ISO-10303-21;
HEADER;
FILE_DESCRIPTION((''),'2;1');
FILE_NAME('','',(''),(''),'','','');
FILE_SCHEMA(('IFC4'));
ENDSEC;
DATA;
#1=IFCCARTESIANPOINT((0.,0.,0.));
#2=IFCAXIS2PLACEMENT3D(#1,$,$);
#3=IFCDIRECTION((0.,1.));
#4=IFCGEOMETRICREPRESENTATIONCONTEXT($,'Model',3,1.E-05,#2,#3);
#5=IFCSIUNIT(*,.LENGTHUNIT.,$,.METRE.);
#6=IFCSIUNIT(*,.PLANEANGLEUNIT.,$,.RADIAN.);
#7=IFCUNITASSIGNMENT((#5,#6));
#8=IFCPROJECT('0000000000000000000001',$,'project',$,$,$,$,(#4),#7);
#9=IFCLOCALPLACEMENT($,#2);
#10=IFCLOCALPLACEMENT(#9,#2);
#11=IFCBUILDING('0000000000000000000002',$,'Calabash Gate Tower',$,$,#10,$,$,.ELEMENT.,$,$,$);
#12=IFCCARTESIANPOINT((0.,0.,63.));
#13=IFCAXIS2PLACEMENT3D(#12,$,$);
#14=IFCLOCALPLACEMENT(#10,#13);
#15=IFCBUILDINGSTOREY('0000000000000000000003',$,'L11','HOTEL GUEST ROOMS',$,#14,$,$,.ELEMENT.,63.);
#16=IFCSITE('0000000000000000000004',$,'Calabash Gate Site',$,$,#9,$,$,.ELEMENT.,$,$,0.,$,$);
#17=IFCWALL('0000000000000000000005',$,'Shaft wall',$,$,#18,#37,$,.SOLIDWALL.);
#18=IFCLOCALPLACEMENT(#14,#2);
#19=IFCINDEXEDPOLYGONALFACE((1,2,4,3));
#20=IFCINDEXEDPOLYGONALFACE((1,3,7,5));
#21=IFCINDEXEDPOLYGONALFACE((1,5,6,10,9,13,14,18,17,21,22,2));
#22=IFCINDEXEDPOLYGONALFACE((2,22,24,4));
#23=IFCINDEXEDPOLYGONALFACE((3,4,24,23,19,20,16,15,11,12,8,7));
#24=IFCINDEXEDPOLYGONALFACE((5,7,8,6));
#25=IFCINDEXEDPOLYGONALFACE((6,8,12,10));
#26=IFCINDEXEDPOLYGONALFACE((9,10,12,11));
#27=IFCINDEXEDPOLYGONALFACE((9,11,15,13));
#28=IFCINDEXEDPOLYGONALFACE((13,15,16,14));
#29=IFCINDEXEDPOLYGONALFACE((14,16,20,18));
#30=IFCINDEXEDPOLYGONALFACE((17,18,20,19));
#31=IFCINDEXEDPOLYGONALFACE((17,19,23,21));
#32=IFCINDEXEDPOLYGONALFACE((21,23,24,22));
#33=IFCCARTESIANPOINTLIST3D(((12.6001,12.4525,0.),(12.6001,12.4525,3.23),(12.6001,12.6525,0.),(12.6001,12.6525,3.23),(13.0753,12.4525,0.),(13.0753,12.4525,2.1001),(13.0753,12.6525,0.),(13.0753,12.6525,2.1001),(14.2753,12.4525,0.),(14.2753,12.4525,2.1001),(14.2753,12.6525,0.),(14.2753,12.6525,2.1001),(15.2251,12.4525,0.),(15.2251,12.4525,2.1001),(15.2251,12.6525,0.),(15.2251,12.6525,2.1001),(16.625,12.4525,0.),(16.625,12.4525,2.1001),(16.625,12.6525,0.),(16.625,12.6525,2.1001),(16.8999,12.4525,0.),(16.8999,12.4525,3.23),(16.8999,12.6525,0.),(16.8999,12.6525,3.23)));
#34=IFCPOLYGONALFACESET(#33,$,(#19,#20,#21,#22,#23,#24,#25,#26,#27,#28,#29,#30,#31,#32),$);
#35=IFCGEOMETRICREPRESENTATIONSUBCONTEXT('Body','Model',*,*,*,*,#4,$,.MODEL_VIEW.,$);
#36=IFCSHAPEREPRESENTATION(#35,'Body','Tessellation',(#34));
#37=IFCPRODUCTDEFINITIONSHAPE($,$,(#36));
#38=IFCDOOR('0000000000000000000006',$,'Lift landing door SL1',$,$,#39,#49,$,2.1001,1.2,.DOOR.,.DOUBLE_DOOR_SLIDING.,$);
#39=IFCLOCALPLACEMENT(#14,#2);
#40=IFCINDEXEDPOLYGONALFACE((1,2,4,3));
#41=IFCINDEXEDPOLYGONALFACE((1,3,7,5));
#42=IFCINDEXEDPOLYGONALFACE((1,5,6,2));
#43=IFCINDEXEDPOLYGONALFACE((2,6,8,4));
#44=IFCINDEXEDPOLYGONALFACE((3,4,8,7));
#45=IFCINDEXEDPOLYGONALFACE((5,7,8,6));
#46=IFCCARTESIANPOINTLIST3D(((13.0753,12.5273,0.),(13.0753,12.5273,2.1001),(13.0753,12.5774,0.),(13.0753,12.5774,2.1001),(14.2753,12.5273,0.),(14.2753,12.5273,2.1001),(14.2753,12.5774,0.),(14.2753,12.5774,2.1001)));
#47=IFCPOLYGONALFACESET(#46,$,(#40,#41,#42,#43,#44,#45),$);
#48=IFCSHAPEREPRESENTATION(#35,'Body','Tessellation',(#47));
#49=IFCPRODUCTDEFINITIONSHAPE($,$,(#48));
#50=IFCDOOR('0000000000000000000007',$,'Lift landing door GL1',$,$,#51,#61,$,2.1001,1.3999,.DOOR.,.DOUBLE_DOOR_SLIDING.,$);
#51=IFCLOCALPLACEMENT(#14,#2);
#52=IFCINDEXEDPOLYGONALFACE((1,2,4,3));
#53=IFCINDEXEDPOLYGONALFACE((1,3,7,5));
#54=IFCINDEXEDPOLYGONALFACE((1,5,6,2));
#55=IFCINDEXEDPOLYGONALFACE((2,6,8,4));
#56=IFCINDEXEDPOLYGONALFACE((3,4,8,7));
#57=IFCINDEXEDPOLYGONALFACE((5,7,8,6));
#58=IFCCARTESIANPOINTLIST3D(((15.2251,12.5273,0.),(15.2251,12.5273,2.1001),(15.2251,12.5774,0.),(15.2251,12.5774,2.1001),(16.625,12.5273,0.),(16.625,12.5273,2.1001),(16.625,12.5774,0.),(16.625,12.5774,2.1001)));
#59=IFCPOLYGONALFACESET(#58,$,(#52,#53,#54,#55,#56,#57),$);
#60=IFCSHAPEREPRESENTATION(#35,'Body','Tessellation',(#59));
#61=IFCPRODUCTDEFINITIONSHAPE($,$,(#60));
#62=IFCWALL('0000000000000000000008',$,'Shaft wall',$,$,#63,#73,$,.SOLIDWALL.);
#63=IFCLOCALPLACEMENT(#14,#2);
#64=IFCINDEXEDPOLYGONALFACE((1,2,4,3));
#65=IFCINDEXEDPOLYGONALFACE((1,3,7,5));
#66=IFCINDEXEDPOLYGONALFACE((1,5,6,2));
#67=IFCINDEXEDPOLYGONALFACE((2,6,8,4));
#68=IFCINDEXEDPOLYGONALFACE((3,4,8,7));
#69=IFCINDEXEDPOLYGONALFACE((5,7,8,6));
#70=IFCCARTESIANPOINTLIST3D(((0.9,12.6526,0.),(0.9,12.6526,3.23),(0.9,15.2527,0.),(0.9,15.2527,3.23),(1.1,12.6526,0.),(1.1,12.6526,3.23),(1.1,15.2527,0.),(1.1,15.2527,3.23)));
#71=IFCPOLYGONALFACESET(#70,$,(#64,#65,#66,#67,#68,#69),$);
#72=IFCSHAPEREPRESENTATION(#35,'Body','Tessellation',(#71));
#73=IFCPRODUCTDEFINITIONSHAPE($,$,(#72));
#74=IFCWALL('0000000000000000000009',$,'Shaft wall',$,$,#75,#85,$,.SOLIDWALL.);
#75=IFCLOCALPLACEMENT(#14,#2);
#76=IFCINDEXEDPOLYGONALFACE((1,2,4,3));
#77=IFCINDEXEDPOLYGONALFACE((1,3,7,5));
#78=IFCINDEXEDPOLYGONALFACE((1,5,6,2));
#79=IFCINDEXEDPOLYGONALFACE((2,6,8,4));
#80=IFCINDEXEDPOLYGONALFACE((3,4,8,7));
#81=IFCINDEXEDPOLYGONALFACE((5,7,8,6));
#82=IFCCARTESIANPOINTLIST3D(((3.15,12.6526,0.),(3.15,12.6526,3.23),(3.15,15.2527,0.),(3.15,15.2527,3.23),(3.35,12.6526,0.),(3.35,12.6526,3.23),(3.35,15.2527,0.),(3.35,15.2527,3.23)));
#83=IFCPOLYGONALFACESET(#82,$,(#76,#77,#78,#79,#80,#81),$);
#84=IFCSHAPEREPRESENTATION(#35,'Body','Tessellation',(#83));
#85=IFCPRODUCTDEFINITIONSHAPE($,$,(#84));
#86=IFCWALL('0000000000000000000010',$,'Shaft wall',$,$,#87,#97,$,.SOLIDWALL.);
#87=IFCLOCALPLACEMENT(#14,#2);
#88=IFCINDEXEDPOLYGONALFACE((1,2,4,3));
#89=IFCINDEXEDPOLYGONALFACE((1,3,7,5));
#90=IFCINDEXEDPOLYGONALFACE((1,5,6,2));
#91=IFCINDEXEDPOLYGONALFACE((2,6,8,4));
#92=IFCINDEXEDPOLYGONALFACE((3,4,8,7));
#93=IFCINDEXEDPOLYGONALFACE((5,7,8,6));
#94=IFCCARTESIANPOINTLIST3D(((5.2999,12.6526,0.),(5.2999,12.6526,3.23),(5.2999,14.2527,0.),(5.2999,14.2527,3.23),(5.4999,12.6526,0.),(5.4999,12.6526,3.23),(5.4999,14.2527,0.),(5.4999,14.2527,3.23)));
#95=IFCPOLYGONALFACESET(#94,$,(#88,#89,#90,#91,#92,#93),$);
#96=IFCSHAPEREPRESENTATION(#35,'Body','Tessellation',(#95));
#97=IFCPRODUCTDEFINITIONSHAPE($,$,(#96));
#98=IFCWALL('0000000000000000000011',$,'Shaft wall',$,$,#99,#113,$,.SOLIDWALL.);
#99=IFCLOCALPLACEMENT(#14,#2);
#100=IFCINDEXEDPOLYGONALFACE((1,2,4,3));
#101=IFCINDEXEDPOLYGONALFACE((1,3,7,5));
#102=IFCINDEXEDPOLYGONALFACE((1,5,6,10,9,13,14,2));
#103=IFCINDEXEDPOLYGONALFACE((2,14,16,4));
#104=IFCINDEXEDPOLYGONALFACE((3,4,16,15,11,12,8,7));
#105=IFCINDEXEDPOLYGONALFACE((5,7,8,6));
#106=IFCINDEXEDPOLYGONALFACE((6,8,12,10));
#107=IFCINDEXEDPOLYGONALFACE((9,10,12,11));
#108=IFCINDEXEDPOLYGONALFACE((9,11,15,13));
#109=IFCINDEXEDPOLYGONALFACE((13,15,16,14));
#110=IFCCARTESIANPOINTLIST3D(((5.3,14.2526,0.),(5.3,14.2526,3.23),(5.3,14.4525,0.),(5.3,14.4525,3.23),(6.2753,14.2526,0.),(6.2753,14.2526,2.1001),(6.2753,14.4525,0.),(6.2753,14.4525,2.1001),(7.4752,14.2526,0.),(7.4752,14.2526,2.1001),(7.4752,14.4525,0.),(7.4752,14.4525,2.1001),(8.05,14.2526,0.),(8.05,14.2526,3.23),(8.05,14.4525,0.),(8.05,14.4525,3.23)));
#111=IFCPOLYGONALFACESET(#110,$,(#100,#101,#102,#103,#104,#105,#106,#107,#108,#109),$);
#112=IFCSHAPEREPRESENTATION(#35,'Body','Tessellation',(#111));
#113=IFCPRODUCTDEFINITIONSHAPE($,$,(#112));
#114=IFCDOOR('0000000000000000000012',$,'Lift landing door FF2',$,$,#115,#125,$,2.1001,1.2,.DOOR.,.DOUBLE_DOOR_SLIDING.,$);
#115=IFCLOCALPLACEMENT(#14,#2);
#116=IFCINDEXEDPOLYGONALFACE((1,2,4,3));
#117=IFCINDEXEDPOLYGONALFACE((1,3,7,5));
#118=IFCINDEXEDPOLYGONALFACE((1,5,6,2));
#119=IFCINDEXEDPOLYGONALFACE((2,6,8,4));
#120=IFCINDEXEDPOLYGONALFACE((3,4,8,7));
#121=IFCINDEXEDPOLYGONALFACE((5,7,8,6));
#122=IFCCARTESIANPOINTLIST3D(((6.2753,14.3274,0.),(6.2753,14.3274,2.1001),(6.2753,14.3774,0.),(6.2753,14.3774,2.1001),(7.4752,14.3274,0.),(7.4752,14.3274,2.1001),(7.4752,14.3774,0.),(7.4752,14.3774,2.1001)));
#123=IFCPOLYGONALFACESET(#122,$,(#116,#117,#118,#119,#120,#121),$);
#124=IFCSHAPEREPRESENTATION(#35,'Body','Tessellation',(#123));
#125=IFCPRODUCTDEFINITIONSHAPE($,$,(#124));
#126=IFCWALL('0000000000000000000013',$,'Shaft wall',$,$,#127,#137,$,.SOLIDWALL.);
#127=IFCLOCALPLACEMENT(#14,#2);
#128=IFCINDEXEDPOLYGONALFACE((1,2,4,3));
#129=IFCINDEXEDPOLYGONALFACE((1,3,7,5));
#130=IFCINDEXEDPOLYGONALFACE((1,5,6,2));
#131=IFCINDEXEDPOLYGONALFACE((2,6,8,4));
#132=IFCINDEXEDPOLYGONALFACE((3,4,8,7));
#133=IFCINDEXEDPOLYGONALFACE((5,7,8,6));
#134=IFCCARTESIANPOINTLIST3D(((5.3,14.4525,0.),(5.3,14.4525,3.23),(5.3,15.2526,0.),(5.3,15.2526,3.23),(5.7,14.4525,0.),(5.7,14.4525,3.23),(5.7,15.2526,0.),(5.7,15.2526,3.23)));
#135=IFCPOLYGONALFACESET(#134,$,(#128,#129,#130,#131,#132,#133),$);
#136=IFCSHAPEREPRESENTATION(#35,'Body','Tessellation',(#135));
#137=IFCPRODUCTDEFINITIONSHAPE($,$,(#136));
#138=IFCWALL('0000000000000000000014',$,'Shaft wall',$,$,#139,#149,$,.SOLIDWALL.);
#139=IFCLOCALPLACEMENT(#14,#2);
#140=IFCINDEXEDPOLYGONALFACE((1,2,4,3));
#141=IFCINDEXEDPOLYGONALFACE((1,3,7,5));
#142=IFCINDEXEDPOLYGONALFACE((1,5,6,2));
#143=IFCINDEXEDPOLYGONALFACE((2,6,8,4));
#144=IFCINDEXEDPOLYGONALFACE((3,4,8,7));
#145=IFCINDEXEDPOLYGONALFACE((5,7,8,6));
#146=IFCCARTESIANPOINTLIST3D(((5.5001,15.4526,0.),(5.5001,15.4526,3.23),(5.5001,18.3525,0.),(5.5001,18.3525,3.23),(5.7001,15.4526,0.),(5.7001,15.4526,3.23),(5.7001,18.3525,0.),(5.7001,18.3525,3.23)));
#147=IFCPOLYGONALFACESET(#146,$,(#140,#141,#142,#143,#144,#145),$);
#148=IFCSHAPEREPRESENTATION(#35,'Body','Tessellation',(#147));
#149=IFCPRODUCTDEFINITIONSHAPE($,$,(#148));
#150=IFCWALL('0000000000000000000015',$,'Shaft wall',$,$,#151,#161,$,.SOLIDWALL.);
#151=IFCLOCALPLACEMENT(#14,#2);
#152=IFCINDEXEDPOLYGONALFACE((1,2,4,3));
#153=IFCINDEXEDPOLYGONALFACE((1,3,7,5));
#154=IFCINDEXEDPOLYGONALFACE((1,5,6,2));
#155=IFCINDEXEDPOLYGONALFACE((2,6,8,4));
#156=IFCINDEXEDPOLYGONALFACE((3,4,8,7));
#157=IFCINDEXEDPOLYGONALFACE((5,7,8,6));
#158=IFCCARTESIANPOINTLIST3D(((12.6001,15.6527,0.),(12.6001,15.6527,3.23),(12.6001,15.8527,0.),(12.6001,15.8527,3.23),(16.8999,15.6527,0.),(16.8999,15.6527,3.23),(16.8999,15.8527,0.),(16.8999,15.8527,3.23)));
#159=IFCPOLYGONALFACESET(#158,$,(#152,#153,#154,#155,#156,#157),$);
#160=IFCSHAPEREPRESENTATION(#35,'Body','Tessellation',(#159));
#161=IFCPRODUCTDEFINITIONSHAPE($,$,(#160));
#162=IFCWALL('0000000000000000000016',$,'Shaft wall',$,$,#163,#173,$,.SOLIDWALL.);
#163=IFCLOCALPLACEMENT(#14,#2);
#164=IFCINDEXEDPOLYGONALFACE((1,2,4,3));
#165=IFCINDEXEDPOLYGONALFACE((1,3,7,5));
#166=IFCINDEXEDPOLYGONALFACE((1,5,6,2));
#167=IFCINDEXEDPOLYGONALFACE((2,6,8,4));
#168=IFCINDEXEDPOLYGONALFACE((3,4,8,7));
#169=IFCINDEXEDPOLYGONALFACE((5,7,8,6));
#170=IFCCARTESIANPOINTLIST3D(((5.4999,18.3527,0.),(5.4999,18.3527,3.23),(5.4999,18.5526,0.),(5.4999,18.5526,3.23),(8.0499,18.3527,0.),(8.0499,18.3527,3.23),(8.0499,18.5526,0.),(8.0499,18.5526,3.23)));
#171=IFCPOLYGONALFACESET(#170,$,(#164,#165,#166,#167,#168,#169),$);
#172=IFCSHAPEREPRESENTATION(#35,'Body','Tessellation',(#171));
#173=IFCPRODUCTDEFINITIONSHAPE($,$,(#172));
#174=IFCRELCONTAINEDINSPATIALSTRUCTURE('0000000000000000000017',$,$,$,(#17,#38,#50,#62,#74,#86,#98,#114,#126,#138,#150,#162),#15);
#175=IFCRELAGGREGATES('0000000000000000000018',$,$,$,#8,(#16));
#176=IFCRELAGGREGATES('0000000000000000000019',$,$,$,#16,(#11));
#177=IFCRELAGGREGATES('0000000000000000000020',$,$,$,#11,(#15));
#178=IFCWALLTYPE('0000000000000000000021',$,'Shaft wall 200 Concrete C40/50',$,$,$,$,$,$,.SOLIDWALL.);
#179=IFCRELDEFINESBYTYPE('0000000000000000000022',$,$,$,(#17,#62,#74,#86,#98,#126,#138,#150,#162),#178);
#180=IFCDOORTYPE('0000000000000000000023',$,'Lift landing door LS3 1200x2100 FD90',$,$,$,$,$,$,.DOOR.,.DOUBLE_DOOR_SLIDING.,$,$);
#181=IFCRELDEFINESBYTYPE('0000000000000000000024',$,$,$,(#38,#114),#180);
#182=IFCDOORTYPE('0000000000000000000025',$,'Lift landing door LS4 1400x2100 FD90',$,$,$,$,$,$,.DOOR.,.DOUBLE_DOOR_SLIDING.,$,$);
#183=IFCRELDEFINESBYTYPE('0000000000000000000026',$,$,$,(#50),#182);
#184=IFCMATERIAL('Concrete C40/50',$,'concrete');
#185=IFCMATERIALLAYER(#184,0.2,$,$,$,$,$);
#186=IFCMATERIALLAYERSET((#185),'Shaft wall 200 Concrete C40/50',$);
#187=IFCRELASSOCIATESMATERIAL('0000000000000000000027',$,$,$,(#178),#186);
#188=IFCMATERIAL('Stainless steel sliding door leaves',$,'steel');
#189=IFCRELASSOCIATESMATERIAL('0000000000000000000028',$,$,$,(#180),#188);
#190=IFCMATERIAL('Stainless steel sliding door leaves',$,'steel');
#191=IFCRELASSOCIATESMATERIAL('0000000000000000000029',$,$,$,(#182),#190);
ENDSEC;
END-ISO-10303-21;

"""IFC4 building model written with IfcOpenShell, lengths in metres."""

from ifc_helpers import new_model, si_unit, direction, frame, frame_2d, origin, place, context, subcontext, project, spatial, rectangle, extrude, material, layer, layer_set, type_object, element, fill, save


model = new_model("IFC4")

# Units and contexts
model_context = context("Model", 3, precision=1e-05, world=origin(), true_north=direction((0.0, 1.0)))
body_context = subcontext(model_context, "Body", "Model", "MODEL_VIEW")
ifc_project = project(units=[si_unit("LENGTHUNIT", "METRE"), si_unit("PLANEANGLEUNIT", "RADIAN")], contexts=[model_context])

# Site, building, storey
site_placement = place(None, origin())
site = spatial("IfcSite", under=ifc_project, at=site_placement, Name="Calabash Gate Site", CompositionType="ELEMENT", RefElevation=0.0)
building_placement = place(site_placement, origin())
building = spatial("IfcBuilding", under=site, at=building_placement, Name="Calabash Gate Tower", CompositionType="ELEMENT")
storey_placement = place(building_placement, frame((0.0, 0.0, 63.0)))
storey = spatial("IfcBuildingStorey", under=building, at=storey_placement, Name="L11", Description="HOTEL GUEST ROOMS", CompositionType="ELEMENT", Elevation=63.0)

# Shared definitions
ifc_material_1 = material(Name="Concrete C40/50", Category="concrete")
ifc_layer_1 = layer(ifc_material_1, 0.2)
ifc_layer_set_1 = layer_set([ifc_layer_1], Name="Shaft wall 200 Concrete C40/50")
wall_type_1 = type_object("IfcWallType", Name="Shaft wall 200 Concrete C40/50", PredefinedType="SOLIDWALL", material=ifc_layer_set_1)

# Wall, openings, doors
wall_1_placement = place(storey_placement, frame((12.6001, 12.5525, 0.0), z_axis=(0.0, 0.0, 1.0), x_axis=(1.0, 0.0, 0.0)))
wall_1 = element("IfcWall", 1, at=wall_1_placement, inside=storey, type_object=wall_type_1, Name="Shaft wall", PredefinedType="SOLIDWALL", context=body_context, shape_type="SweptSolid", body=[
    extrude(rectangle(XDim=4.2998, YDim=0.2, at=frame_2d((2.1499, 0.0))), origin(), (0.0, 0.0, 1.0), 3.23),
])
opening_1_placement = place(wall_1_placement, frame((0.4751, 0.0, 0.0)))
opening_1 = element("IfcOpeningElement", 2, at=opening_1_placement, cuts=wall_1, PredefinedType="OPENING", context=body_context, shape_type="SweptSolid", body=[
    extrude(rectangle(XDim=1.2, YDim=2.1001, at=frame_2d((0.6001, 1.05))), frame((0.0, 0.1099, 0.0), z_axis=(0.0, -1.0, 0.0), x_axis=(1.0, 0.0, 0.0)), (0.0, 0.0, 1.0), 0.22),
])
opening_2_placement = place(wall_1_placement, frame((2.625, 0.0, 0.0)))
opening_2 = element("IfcOpeningElement", 3, at=opening_2_placement, cuts=wall_1, PredefinedType="OPENING", context=body_context, shape_type="SweptSolid", body=[
    extrude(rectangle(XDim=1.3999, YDim=2.1001, at=frame_2d((0.7, 1.05))), frame((0.0, 0.1099, 0.0), z_axis=(0.0, -1.0, 0.0), x_axis=(1.0, 0.0, 0.0)), (0.0, 0.0, 1.0), 0.22),
])
ifc_material_2 = material(Name="Stainless steel sliding door leaves", Category="steel")
door_type_1 = type_object("IfcDoorType", Name="Lift landing door LS3 1200x2100 FD90", OperationType="DOUBLE_DOOR_SLIDING", PredefinedType="DOOR", material=ifc_material_2)
door_1_placement = place(opening_1_placement, origin())
door_1 = element("IfcDoor", 4, at=door_1_placement, inside=storey, type_object=door_type_1, Name="Lift landing door SL1", OperationType="DOUBLE_DOOR_SLIDING", OverallHeight=2.1001, OverallWidth=1.2, PredefinedType="DOOR", context=body_context, shape_type="SweptSolid", body=[
    extrude(rectangle(XDim=1.2, YDim=2.1001, at=frame_2d((0.6001, 1.05))), frame((0.0, 0.0249, 0.0), z_axis=(0.0, -1.0, 0.0), x_axis=(1.0, 0.0, 0.0)), (0.0, 0.0, 1.0), 0.05),
])
fill(opening_1, door_1)
ifc_material_3 = material(Name="Stainless steel sliding door leaves", Category="steel")
door_type_2 = type_object("IfcDoorType", Name="Lift landing door LS4 1400x2100 FD90", OperationType="DOUBLE_DOOR_SLIDING", PredefinedType="DOOR", material=ifc_material_3)
door_2_placement = place(opening_2_placement, origin())
door_2 = element("IfcDoor", 5, at=door_2_placement, inside=storey, type_object=door_type_2, Name="Lift landing door GL1", OperationType="DOUBLE_DOOR_SLIDING", OverallHeight=2.1001, OverallWidth=1.3999, PredefinedType="DOOR", context=body_context, shape_type="SweptSolid", body=[
    extrude(rectangle(XDim=1.3999, YDim=2.1001, at=frame_2d((0.7, 1.05))), frame((0.0, 0.0249, 0.0), z_axis=(0.0, -1.0, 0.0), x_axis=(1.0, 0.0, 0.0)), (0.0, 0.0, 1.0), 0.05),
])
fill(opening_2, door_2)

# Walls
for number, where, z_axis, x_axis, name in (
    (6, (1.0, 12.6526, 0.0), (0.0, 0.0, 1.0), (0.0, 1.0, 0.0), "Shaft wall"),
    (7, (3.25, 12.6526, 0.0), (0.0, 0.0, 1.0), (0.0, 1.0, 0.0), "Shaft wall"),
):
    element("IfcWall", number, at=place(storey_placement, frame(where, z_axis=z_axis, x_axis=x_axis)), inside=storey, type_object=wall_type_1, Name=name, PredefinedType="SOLIDWALL", context=body_context, shape_type="SweptSolid", body=[
        extrude(rectangle(XDim=2.6001, YDim=0.2, at=frame_2d((1.3, 0.0))), origin(), (0.0, 0.0, 1.0), 3.23),
    ])
wall_2_placement = place(storey_placement, frame((5.3999, 12.6526, 0.0), z_axis=(0.0, 0.0, 1.0), x_axis=(0.0, 1.0, 0.0)))
element("IfcWall", 8, at=wall_2_placement, inside=storey, type_object=wall_type_1, Name="Shaft wall", PredefinedType="SOLIDWALL", context=body_context, shape_type="SweptSolid", body=[
    extrude(rectangle(XDim=1.6001, YDim=0.2, at=frame_2d((0.8, 0.0))), origin(), (0.0, 0.0, 1.0), 3.23),
])

# Wall, opening, door
wall_3_placement = place(storey_placement, frame((5.3, 14.3525, 0.0), z_axis=(0.0, 0.0, 1.0), x_axis=(1.0, 0.0, 0.0)))
wall_3 = element("IfcWall", 9, at=wall_3_placement, inside=storey, type_object=wall_type_1, Name="Shaft wall", PredefinedType="SOLIDWALL", context=body_context, shape_type="SweptSolid", body=[
    extrude(rectangle(XDim=2.75, YDim=0.2, at=frame_2d((1.375, 0.0))), origin(), (0.0, 0.0, 1.0), 3.23),
])
opening_3_placement = place(wall_3_placement, frame((0.9751, 0.0, 0.0)))
opening_3 = element("IfcOpeningElement", 10, at=opening_3_placement, cuts=wall_3, PredefinedType="OPENING", context=body_context, shape_type="SweptSolid", body=[
    extrude(rectangle(XDim=1.2, YDim=2.1001, at=frame_2d((0.6001, 1.05))), frame((0.0, 0.1099, 0.0), z_axis=(0.0, -1.0, 0.0), x_axis=(1.0, 0.0, 0.0)), (0.0, 0.0, 1.0), 0.22),
])
door_3_placement = place(opening_3_placement, origin())
door_3 = element("IfcDoor", 11, at=door_3_placement, inside=storey, type_object=door_type_1, Name="Lift landing door FF2", OperationType="DOUBLE_DOOR_SLIDING", OverallHeight=2.1001, OverallWidth=1.2, PredefinedType="DOOR", context=body_context, shape_type="SweptSolid", body=[
    extrude(rectangle(XDim=1.2, YDim=2.1001, at=frame_2d((0.6001, 1.05))), frame((0.0, 0.0249, 0.0), z_axis=(0.0, -1.0, 0.0), x_axis=(1.0, 0.0, 0.0)), (0.0, 0.0, 1.0), 0.05),
])
fill(opening_3, door_3)

# Walls
wall_4_placement = place(storey_placement, frame((5.5, 14.4526, 0.0), z_axis=(0.0, 0.0, 1.0), x_axis=(0.0, 1.0, 0.0)))
element("IfcWall", 12, at=wall_4_placement, inside=storey, type_object=wall_type_1, Name="Shaft wall", PredefinedType="SOLIDWALL", context=body_context, shape_type="SweptSolid", body=[
    extrude(rectangle(XDim=0.8, YDim=0.3999, at=frame_2d((0.3999, 0.0))), origin(), (0.0, 0.0, 1.0), 3.23),
])
wall_5_placement = place(storey_placement, frame((5.6001, 15.4526, 0.0), z_axis=(0.0, 0.0, 1.0), x_axis=(0.0, 1.0, 0.0)))
element("IfcWall", 13, at=wall_5_placement, inside=storey, type_object=wall_type_1, Name="Shaft wall", PredefinedType="SOLIDWALL", context=body_context, shape_type="SweptSolid", body=[
    extrude(rectangle(XDim=2.8999, YDim=0.2, at=frame_2d((1.45, 0.0))), origin(), (0.0, 0.0, 1.0), 3.23),
])
wall_6_placement = place(storey_placement, frame((12.6001, 15.7527, 0.0), z_axis=(0.0, 0.0, 1.0), x_axis=(1.0, 0.0, 0.0)))
element("IfcWall", 14, at=wall_6_placement, inside=storey, type_object=wall_type_1, Name="Shaft wall", PredefinedType="SOLIDWALL", context=body_context, shape_type="SweptSolid", body=[
    extrude(rectangle(XDim=4.2998, YDim=0.2, at=frame_2d((2.1499, 0.0))), origin(), (0.0, 0.0, 1.0), 3.23),
])
wall_7_placement = place(storey_placement, frame((5.5, 18.4526, 0.0), z_axis=(0.0, 0.0, 1.0), x_axis=(1.0, 0.0, 0.0)))
element("IfcWall", 15, at=wall_7_placement, inside=storey, type_object=wall_type_1, Name="Shaft wall", PredefinedType="SOLIDWALL", context=body_context, shape_type="SweptSolid", body=[
    extrude(rectangle(XDim=2.55, YDim=0.2, at=frame_2d((1.2749, 0.0))), origin(), (0.0, 0.0, 1.0), 3.23),
])

save(model, "model.ifc")
